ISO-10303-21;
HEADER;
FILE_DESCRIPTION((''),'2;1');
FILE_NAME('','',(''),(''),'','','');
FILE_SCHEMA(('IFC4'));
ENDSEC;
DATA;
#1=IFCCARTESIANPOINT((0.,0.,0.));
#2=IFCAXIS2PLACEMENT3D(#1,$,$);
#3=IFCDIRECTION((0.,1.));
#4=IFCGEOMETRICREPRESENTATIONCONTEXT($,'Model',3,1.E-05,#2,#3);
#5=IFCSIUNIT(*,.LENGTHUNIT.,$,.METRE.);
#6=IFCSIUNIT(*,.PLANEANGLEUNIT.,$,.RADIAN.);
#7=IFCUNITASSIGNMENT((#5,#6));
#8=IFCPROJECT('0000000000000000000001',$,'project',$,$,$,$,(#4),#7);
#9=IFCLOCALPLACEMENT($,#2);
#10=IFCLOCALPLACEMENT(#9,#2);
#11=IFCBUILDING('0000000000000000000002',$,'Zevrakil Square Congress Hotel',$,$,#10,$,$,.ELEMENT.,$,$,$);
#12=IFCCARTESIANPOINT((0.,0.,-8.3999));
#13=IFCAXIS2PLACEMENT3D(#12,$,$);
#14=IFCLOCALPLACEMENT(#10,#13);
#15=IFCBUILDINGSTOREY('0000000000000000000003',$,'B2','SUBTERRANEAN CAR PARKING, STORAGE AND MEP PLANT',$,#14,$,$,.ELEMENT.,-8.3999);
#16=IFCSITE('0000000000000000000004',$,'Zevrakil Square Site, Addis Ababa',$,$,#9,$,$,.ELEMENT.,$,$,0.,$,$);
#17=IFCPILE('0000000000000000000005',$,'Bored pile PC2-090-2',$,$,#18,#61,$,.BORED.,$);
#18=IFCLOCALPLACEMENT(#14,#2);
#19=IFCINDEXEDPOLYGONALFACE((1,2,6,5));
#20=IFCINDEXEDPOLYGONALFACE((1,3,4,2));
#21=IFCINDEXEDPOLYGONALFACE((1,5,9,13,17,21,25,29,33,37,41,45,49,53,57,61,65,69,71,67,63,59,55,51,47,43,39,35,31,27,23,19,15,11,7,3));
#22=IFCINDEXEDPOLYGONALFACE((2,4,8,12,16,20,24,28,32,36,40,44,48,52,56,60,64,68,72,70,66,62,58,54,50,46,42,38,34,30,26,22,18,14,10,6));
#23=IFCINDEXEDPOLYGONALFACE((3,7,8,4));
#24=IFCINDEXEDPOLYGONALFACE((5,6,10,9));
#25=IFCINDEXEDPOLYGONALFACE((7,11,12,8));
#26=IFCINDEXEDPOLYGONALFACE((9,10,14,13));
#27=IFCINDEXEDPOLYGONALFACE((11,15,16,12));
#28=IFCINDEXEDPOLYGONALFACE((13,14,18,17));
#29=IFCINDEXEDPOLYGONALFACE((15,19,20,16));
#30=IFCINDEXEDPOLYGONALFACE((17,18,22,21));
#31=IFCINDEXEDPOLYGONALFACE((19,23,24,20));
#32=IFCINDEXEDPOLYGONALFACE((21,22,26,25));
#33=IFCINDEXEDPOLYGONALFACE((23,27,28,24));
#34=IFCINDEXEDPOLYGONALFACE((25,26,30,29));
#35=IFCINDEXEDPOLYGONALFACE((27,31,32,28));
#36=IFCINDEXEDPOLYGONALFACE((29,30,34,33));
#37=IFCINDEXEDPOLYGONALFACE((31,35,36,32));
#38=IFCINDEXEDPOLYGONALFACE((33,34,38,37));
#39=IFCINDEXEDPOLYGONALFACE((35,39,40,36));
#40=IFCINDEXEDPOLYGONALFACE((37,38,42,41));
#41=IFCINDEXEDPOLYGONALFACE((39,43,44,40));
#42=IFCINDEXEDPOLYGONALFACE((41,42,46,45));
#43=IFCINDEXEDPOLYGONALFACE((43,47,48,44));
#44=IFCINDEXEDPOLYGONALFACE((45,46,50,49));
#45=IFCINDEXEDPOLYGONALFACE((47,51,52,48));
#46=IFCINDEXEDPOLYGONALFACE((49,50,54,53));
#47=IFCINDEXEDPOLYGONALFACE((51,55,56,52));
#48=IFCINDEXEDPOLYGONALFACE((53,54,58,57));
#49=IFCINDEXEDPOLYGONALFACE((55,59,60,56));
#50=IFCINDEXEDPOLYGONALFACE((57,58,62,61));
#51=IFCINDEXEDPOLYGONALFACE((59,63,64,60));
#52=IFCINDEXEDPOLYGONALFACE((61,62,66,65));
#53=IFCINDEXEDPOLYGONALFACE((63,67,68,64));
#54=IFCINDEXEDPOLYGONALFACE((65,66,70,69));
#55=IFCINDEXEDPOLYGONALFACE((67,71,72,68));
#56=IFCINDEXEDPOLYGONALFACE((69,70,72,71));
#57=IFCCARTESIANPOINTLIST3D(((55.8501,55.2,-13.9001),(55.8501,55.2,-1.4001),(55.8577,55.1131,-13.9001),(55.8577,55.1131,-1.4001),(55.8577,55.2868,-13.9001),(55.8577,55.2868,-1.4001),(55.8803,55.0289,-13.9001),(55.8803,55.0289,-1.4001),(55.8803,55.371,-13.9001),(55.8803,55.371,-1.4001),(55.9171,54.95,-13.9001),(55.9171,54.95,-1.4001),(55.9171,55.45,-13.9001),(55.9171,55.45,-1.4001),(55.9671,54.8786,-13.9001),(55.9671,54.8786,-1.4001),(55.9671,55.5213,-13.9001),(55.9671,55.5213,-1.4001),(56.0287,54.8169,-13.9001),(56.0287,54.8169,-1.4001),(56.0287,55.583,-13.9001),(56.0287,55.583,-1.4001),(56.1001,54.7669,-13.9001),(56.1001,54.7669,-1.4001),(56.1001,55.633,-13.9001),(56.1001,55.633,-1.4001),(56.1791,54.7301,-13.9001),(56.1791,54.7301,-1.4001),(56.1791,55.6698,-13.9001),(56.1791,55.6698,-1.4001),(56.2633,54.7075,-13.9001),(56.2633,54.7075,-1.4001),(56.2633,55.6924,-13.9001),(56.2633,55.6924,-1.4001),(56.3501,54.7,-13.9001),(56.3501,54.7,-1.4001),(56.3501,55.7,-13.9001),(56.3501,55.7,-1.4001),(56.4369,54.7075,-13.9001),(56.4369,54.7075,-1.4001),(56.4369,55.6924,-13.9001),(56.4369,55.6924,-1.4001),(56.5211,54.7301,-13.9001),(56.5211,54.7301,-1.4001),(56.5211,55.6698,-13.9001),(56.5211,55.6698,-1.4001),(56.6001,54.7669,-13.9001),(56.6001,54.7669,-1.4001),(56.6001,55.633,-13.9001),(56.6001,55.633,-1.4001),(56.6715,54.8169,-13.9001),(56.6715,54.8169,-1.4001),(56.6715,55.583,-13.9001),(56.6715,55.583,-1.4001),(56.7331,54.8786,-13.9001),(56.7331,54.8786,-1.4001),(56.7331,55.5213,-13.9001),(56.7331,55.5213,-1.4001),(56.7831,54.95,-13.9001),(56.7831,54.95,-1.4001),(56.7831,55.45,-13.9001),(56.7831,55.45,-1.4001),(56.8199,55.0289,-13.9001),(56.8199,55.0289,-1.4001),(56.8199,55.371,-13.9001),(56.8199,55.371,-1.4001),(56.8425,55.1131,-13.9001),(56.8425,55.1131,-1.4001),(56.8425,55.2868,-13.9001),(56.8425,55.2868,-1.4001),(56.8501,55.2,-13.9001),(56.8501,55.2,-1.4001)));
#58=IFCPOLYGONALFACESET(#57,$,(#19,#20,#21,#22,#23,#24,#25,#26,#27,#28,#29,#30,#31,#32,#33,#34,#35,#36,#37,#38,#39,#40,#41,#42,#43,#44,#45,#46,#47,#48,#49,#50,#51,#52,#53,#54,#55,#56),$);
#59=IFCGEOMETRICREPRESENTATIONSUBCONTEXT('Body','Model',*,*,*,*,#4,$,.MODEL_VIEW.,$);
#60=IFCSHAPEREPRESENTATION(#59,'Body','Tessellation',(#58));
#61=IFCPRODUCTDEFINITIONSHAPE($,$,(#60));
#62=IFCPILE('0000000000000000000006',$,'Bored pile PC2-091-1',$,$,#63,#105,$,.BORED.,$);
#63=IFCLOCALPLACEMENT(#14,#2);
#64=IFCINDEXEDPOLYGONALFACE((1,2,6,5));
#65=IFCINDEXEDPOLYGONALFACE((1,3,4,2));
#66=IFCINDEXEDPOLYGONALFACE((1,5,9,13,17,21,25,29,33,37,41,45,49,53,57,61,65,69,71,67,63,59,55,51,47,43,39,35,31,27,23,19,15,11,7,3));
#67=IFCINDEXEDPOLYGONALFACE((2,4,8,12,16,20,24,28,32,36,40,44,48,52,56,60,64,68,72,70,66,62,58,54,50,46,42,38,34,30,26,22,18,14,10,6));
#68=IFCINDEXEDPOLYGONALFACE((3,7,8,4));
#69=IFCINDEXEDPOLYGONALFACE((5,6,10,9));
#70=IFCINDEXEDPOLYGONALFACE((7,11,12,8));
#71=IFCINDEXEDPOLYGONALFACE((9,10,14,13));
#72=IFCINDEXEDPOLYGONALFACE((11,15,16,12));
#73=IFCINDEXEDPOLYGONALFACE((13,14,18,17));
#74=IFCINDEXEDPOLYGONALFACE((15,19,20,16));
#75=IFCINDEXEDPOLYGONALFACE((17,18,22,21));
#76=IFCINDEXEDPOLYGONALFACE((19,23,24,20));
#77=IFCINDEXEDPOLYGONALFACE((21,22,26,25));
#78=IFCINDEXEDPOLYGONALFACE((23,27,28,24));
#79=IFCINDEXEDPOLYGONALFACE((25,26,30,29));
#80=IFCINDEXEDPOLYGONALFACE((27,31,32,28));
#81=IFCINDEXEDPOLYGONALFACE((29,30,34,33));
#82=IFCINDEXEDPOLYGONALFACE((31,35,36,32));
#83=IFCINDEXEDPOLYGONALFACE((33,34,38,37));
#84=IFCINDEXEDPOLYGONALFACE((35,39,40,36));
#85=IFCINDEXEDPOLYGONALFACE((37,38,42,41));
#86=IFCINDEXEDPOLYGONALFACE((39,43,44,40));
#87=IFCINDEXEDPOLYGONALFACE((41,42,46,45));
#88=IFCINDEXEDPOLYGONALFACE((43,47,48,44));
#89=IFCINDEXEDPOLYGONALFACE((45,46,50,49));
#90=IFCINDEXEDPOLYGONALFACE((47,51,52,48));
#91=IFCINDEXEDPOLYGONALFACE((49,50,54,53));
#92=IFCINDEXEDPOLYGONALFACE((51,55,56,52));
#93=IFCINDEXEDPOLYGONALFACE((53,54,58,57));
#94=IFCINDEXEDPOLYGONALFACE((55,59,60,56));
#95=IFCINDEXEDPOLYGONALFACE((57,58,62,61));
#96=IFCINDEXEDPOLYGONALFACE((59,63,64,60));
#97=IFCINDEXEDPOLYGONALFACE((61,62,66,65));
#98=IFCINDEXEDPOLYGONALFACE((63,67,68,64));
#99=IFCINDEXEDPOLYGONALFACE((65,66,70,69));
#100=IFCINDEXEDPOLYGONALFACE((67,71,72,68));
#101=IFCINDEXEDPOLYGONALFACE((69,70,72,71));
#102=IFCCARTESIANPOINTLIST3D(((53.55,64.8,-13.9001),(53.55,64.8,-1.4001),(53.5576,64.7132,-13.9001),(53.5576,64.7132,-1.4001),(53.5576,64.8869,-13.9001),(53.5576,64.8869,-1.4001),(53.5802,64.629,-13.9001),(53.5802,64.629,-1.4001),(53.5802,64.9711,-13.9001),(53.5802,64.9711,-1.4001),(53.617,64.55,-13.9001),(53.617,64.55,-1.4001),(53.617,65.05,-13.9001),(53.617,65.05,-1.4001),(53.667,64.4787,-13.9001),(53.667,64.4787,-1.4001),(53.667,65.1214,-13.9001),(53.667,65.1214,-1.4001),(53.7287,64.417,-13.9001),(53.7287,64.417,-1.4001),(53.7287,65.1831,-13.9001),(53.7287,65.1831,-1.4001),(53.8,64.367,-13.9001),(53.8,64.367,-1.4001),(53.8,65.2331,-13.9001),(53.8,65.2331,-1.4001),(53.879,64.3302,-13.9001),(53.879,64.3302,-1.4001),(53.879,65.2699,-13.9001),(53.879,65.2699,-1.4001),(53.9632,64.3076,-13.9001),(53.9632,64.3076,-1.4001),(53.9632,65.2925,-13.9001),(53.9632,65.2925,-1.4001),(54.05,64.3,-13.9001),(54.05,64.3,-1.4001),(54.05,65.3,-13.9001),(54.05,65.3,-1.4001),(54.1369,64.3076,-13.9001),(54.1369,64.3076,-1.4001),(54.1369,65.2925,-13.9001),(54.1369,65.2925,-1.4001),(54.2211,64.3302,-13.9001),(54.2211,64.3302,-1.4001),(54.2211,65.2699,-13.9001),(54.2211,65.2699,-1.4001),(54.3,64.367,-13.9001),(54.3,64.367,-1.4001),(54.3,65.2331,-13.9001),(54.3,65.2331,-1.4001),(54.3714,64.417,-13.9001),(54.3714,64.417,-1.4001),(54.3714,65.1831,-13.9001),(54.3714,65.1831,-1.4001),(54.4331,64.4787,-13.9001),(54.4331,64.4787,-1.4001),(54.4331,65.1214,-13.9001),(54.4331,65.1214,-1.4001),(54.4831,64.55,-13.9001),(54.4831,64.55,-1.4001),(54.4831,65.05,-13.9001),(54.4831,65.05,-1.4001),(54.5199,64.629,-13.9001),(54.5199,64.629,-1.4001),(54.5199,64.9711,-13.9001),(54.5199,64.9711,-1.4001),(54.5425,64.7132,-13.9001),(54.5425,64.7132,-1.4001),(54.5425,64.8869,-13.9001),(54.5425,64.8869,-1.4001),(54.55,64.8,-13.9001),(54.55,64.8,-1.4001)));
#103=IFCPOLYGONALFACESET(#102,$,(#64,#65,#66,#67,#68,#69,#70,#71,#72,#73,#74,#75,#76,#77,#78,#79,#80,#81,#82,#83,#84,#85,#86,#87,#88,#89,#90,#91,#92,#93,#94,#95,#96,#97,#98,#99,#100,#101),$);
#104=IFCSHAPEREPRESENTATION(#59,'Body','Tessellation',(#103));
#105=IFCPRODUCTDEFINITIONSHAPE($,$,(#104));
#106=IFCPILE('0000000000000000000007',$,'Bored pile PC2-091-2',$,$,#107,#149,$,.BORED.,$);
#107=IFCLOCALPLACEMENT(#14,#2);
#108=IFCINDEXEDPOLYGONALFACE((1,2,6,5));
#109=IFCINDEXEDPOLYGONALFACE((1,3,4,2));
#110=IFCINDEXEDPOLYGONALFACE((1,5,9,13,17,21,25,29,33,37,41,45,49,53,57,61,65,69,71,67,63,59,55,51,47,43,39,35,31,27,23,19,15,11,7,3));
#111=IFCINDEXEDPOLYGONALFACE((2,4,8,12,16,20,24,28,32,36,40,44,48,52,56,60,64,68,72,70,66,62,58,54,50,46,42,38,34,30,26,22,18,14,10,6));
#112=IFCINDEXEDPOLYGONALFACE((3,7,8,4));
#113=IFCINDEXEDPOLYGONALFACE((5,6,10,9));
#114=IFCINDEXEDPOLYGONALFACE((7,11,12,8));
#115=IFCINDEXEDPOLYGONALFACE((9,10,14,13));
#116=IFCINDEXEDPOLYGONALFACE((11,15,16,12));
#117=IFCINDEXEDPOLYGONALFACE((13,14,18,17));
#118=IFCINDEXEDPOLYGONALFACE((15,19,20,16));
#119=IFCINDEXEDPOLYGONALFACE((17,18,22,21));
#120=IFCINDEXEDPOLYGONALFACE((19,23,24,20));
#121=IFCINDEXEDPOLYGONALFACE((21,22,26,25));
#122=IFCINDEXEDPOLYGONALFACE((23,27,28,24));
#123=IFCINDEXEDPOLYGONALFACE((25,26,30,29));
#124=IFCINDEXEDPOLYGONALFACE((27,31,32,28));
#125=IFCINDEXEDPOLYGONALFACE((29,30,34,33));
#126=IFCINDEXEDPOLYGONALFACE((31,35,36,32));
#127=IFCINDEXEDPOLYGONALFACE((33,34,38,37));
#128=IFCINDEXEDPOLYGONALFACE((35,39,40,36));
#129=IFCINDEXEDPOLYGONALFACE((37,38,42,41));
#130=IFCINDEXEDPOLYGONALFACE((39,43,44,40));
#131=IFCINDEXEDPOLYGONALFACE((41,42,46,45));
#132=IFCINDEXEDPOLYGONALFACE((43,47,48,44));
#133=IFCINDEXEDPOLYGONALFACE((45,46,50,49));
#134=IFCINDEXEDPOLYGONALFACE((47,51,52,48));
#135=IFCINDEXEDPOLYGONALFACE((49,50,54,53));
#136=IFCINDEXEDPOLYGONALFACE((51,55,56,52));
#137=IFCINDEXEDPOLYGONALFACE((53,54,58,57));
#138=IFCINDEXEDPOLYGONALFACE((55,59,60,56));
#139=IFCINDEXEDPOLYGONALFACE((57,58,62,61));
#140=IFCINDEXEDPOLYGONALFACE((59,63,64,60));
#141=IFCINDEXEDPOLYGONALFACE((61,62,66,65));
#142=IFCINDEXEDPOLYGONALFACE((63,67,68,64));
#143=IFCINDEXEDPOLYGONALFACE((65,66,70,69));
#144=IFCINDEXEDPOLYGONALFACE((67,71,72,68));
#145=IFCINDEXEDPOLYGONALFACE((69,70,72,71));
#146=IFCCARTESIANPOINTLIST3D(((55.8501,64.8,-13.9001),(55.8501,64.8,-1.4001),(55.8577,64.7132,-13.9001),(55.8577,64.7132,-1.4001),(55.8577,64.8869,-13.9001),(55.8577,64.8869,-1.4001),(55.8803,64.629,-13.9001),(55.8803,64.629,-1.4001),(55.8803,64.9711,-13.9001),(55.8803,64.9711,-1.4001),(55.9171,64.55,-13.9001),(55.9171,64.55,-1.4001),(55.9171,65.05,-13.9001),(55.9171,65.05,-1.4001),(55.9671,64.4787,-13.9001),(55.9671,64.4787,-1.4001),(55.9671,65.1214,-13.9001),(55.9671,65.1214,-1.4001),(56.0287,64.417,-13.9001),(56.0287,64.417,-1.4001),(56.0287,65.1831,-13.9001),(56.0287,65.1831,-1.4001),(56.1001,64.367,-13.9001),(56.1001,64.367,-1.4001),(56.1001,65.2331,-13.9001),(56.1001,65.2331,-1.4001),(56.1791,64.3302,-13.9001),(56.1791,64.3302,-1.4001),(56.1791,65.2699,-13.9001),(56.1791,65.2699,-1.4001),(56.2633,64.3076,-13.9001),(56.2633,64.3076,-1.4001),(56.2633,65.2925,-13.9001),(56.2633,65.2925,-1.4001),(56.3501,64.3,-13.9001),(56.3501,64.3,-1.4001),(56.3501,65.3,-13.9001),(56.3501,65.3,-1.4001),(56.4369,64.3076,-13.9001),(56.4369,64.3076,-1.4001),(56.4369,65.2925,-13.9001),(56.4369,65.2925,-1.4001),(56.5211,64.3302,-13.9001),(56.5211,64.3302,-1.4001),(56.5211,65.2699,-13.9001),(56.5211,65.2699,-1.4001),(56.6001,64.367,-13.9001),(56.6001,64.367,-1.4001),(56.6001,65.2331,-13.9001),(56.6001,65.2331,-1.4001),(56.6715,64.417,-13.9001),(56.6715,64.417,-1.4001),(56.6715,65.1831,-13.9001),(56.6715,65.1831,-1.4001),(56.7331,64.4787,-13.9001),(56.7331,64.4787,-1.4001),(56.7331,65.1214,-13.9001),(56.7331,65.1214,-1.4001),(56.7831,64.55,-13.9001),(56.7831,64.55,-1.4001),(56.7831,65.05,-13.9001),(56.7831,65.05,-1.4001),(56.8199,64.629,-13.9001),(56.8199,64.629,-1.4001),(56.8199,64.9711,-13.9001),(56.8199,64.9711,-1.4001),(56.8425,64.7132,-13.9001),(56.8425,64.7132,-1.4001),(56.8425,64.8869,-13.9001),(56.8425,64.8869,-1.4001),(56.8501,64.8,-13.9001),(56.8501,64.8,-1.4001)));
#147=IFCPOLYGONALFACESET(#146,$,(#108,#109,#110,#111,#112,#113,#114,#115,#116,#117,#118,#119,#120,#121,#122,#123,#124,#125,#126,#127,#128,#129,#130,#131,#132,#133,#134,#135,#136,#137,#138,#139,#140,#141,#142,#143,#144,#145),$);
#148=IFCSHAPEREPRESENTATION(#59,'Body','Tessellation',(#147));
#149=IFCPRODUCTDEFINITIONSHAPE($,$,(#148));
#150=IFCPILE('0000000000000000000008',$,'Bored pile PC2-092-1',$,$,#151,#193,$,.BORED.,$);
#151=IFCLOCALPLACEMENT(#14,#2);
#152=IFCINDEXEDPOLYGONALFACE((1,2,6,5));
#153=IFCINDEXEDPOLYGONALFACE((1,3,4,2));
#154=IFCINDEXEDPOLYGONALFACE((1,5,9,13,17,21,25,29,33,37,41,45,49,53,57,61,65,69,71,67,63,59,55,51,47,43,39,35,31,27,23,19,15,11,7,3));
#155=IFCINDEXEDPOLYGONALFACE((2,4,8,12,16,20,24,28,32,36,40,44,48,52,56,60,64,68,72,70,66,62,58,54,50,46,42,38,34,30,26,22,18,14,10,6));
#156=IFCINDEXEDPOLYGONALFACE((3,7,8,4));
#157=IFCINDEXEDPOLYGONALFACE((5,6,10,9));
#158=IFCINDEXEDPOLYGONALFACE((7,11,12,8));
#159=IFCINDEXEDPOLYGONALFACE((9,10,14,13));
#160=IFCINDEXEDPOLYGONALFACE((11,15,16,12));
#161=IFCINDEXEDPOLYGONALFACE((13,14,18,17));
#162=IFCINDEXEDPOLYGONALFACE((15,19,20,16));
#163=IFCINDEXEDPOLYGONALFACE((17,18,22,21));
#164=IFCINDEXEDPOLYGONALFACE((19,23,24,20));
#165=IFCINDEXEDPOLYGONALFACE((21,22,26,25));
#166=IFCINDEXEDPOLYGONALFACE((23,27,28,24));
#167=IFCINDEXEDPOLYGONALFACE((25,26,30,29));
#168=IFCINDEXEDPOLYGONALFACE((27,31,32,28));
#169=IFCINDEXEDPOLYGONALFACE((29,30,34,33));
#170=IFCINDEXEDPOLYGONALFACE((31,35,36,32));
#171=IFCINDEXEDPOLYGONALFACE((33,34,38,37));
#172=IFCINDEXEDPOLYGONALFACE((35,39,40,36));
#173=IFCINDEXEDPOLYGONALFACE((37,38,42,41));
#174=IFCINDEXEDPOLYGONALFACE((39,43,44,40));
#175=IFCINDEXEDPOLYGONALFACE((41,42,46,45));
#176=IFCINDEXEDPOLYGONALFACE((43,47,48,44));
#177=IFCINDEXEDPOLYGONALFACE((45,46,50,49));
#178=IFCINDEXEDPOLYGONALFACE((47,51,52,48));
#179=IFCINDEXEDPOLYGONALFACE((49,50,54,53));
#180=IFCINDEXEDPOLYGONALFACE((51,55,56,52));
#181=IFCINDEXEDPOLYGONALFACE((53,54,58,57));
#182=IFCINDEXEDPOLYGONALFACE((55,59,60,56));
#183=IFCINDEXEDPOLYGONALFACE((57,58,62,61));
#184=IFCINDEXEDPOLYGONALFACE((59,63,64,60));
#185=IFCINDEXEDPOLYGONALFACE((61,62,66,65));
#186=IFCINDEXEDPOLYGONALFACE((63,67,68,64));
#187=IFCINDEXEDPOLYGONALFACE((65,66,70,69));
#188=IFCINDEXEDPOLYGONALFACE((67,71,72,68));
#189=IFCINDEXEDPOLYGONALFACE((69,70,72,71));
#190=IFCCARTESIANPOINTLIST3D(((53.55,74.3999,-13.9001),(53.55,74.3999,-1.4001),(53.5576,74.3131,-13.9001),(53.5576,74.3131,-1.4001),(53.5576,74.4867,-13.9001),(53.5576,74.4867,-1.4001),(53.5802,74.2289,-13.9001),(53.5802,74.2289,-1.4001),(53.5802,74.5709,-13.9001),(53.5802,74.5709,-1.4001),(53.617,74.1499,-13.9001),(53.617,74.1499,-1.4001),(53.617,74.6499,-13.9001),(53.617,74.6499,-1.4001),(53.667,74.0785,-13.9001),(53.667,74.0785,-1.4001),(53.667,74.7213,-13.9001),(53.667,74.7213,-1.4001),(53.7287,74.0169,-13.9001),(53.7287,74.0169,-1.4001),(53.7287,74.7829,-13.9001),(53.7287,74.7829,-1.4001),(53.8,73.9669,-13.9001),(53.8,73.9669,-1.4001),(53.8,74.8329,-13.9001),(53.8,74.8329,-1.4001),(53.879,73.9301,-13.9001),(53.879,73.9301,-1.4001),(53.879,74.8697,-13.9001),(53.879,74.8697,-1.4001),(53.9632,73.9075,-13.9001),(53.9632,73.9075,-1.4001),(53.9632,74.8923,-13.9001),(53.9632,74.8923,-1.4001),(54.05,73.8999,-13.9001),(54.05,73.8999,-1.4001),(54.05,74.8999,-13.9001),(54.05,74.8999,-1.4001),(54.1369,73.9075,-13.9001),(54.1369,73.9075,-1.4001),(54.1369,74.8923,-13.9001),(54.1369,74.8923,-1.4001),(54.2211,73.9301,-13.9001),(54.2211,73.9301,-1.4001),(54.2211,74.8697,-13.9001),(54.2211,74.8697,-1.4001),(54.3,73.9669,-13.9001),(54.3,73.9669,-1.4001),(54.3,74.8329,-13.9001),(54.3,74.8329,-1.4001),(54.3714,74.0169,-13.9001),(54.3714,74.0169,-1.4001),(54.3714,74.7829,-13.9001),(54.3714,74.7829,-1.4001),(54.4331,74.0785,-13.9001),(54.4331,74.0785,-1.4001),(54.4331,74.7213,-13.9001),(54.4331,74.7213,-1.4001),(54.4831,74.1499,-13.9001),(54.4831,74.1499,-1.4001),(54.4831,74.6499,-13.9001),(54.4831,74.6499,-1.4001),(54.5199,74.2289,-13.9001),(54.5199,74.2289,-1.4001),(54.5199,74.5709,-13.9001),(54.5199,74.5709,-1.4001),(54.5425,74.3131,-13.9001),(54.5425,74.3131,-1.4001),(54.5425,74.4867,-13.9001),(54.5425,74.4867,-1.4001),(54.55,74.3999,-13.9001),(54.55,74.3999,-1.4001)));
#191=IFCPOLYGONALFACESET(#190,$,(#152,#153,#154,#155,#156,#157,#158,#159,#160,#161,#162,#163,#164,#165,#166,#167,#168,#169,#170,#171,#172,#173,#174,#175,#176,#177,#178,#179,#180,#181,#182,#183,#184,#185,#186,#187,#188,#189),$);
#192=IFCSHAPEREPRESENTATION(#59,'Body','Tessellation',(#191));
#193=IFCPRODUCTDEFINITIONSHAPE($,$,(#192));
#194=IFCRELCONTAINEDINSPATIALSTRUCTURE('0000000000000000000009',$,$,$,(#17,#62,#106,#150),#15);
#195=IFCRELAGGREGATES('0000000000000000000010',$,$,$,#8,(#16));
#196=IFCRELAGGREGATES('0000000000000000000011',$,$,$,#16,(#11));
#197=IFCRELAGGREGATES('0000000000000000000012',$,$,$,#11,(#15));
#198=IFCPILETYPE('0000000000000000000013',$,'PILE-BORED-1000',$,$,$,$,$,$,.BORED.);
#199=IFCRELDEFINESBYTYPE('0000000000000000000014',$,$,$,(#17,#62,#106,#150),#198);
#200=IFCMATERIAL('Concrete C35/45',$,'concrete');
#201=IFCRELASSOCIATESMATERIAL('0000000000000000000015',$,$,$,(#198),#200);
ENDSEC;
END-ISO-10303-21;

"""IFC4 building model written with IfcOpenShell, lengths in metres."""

from ifc_helpers import new_model, si_unit, direction, frame, origin, origin_2d, place, context, subcontext, project, spatial, circle, extrude, material, material_profile, profile_set, type_object, element, save


model = new_model("IFC4")

# Units and contexts
model_context = context("Model", 3, precision=1e-05, world=origin(), true_north=direction((0.0, 1.0)))
body_context = subcontext(model_context, "Body", "Model", "MODEL_VIEW")
ifc_project = project(units=[si_unit("LENGTHUNIT", "METRE"), si_unit("PLANEANGLEUNIT", "RADIAN")], contexts=[model_context])

# Site, building, storey
site_placement = place(None, origin())
site = spatial("IfcSite", under=ifc_project, at=site_placement, Name="Zevrakil Square Site, Addis Ababa", CompositionType="ELEMENT", RefElevation=0.0)
building_placement = place(site_placement, origin())
building = spatial("IfcBuilding", under=site, at=building_placement, Name="Zevrakil Square Congress Hotel", CompositionType="ELEMENT")
storey_placement = place(building_placement, frame((0.0, 0.0, -8.3999)))
storey = spatial("IfcBuildingStorey", under=building, at=storey_placement, Name="B2", Description="SUBTERRANEAN CAR PARKING, STORAGE AND MEP PLANT", CompositionType="ELEMENT", Elevation=-8.3999)

# Piles
ifc_material_1 = material(Name="Concrete C35/45", Category="concrete")
ifc_material_profile_1 = material_profile(ifc_material_1, circle(Radius=0.5, at=origin_2d()), Name="PILE D1000")
ifc_profile_set_1 = profile_set([ifc_material_profile_1], Name="Concrete C35/45")
pile_type = type_object("IfcPileType", Name="PILE-BORED-1000", PredefinedType="BORED", material=ifc_profile_set_1)
for number, where, z_axis, x_axis, name in (
    (1, (56.3501, 55.2, -1.4001), (0.0, 0.0, -1.0), (1.0, 0.0, 0.0), "Bored pile PC2-090-2"),
    (2, (54.05, 64.8, -1.4001), (0.0, 0.0, -1.0), (1.0, 0.0, 0.0), "Bored pile PC2-091-1"),
    (3, (56.3501, 64.8, -1.4001), (0.0, 0.0, -1.0), (1.0, 0.0, 0.0), "Bored pile PC2-091-2"),
    (4, (54.05, 74.3999, -1.4001), (0.0, 0.0, -1.0), (1.0, 0.0, 0.0), "Bored pile PC2-092-1"),
):
    element("IfcPile", number, at=place(storey_placement, frame(where, z_axis=z_axis, x_axis=x_axis)), inside=storey, type_object=pile_type, Name=name, PredefinedType="BORED", context=body_context, shape_type="SweptSolid", body=[
        extrude(circle(Radius=0.5, at=origin_2d()), origin(), (0.0, 0.0, 1.0), 12.5),
    ])

save(model, "model.ifc")
